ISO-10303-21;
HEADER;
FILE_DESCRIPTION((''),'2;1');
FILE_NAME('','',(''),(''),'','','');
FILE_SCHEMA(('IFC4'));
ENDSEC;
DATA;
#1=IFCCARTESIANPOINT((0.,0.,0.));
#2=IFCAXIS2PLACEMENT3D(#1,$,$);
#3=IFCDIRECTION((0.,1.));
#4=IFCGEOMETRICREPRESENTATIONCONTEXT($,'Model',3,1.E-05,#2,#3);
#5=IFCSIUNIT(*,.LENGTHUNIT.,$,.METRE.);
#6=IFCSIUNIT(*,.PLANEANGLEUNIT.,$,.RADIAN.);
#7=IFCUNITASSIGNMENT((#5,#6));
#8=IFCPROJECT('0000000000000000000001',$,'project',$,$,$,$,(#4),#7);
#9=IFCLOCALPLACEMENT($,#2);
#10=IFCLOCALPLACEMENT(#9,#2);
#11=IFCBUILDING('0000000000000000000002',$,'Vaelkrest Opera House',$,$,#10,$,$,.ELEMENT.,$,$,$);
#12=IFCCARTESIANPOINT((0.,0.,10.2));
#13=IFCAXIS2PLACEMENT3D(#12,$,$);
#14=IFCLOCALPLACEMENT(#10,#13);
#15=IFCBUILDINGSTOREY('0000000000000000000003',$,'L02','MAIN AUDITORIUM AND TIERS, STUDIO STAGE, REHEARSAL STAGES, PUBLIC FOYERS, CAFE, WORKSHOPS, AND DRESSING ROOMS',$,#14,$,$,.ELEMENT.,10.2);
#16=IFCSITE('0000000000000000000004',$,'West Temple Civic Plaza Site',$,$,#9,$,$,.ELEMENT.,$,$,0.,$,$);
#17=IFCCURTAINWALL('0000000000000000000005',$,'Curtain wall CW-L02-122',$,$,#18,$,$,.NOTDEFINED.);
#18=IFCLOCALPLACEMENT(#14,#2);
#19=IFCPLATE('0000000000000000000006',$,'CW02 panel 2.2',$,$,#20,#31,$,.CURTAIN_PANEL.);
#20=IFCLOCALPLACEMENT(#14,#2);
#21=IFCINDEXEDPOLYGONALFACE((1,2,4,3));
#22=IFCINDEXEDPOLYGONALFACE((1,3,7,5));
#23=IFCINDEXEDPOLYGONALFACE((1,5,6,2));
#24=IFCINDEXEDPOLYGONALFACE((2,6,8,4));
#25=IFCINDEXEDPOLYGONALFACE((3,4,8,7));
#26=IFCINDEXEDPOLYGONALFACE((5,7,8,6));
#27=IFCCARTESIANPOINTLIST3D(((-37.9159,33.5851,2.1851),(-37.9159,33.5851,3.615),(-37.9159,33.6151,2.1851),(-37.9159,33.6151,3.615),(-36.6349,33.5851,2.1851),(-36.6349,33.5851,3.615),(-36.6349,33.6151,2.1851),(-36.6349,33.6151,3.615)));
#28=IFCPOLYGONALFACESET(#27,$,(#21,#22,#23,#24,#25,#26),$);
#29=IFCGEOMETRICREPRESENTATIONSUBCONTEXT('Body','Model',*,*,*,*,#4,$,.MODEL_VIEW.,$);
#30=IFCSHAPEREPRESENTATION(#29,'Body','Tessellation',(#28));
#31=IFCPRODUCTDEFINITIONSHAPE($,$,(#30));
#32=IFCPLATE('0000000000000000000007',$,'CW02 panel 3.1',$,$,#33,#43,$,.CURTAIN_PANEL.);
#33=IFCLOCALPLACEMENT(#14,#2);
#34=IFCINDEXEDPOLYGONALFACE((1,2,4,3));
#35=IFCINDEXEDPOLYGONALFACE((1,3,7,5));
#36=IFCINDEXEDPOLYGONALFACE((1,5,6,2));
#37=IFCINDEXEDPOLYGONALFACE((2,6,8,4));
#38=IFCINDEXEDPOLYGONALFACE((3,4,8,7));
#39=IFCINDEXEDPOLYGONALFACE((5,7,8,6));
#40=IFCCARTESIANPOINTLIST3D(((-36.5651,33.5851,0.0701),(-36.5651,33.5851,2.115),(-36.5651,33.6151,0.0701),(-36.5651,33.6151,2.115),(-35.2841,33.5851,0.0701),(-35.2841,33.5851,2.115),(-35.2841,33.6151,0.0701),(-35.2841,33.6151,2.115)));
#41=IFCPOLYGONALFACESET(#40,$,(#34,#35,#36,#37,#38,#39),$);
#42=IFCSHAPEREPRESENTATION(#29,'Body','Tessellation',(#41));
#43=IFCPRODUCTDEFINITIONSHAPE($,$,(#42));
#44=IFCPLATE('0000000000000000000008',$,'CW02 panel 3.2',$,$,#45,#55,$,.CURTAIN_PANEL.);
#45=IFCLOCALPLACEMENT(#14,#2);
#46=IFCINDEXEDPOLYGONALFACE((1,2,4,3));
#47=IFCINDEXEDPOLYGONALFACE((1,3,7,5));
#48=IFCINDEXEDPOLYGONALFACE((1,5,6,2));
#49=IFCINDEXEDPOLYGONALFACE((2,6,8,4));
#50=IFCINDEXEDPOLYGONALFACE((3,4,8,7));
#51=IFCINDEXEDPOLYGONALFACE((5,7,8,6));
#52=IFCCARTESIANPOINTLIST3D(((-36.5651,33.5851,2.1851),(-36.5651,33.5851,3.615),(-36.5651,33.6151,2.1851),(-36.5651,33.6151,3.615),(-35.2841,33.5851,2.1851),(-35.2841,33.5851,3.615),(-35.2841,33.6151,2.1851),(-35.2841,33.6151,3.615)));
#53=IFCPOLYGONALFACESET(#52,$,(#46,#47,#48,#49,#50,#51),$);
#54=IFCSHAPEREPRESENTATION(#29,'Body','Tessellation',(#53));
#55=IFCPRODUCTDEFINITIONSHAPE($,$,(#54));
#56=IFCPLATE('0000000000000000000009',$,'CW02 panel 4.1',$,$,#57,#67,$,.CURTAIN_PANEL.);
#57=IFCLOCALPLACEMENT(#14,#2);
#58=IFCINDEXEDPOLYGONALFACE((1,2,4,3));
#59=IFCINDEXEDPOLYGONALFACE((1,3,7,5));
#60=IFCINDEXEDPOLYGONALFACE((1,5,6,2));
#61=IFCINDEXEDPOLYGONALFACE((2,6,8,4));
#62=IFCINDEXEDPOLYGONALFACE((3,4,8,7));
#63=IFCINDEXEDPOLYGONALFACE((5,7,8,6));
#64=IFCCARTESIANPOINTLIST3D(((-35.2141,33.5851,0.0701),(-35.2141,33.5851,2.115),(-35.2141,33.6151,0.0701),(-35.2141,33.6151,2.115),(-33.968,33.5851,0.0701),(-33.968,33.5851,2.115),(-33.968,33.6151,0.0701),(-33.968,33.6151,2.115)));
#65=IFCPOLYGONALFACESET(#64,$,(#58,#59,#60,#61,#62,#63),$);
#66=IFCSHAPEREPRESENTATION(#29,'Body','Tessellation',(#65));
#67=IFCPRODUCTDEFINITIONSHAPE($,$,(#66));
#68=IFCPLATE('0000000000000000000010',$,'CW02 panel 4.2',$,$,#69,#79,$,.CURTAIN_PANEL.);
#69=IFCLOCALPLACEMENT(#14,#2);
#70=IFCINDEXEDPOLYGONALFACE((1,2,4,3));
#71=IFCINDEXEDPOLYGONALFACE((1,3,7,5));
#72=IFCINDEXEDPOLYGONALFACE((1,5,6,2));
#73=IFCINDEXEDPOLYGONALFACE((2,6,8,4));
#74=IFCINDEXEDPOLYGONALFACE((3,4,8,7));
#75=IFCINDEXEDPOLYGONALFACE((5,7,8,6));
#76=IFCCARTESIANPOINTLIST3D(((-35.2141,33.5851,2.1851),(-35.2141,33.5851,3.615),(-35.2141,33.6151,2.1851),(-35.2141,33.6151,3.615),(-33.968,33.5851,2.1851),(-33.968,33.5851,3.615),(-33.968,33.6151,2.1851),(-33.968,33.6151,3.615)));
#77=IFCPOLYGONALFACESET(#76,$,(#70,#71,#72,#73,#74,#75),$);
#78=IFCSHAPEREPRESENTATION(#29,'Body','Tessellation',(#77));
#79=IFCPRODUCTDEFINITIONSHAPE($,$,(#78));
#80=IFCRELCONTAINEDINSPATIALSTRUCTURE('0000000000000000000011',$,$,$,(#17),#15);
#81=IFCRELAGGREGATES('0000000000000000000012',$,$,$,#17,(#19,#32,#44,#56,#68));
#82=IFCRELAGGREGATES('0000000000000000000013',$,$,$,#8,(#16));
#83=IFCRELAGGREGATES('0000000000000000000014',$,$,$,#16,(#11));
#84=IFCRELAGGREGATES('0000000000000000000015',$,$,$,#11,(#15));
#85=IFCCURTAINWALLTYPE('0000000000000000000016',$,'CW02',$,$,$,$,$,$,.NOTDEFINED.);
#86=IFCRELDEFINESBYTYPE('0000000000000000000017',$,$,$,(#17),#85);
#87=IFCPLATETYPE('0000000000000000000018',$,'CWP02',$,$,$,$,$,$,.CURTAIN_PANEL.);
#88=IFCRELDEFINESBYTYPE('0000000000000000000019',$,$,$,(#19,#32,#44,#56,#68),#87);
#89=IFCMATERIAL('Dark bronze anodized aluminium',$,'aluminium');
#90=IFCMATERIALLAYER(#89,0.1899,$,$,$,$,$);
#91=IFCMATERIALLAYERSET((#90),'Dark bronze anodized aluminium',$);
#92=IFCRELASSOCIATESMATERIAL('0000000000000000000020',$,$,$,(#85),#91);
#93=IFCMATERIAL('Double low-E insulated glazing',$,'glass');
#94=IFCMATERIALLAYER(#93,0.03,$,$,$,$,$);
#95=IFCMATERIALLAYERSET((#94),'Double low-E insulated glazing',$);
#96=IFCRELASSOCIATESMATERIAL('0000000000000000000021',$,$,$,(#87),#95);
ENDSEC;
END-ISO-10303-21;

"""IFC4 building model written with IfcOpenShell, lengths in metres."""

from ifc_helpers import new_model, si_unit, direction, frame, origin, origin_2d, place, context, subcontext, project, spatial, rectangle, extrude, material, layer, layer_set, type_object, element, aggregate, save


model = new_model("IFC4")

# Units and contexts
model_context = context("Model", 3, precision=1e-05, world=origin(), true_north=direction((0.0, 1.0)))
body_context = subcontext(model_context, "Body", "Model", "MODEL_VIEW")
ifc_project = project(units=[si_unit("LENGTHUNIT", "METRE"), si_unit("PLANEANGLEUNIT", "RADIAN")], contexts=[model_context])

# Site, building, storey
site_placement = place(None, origin())
site = spatial("IfcSite", under=ifc_project, at=site_placement, Name="West Temple Civic Plaza Site", CompositionType="ELEMENT", RefElevation=0.0)
building_placement = place(site_placement, origin())
building = spatial("IfcBuilding", under=site, at=building_placement, Name="Vaelkrest Opera House", CompositionType="ELEMENT")
storey_placement = place(building_placement, frame((0.0, 0.0, 10.2)))
storey = spatial("IfcBuildingStorey", under=building, at=storey_placement, Name="L02", Description="MAIN AUDITORIUM AND TIERS, STUDIO STAGE, REHEARSAL STAGES, PUBLIC FOYERS, CAFE, WORKSHOPS, AND DRESSING ROOMS", CompositionType="ELEMENT", Elevation=10.2)

# Curtain wall
ifc_material_1 = material(Name="Dark bronze anodized aluminium", Category="aluminium")
ifc_layer_1 = layer(ifc_material_1, 0.1899)
ifc_layer_set_1 = layer_set([ifc_layer_1], Name="Dark bronze anodized aluminium")
curtain_wall_type = type_object("IfcCurtainWallType", Name="CW02", PredefinedType="NOTDEFINED", material=ifc_layer_set_1)
curtain_wall_placement = place(storey_placement, origin())
curtain_wall = element("IfcCurtainWall", 1, at=curtain_wall_placement, inside=storey, type_object=curtain_wall_type, Name="Curtain wall CW-L02-122", PredefinedType="NOTDEFINED")

# Plates
ifc_material_2 = material(Name="Double low-E insulated glazing", Category="glass")
ifc_layer_2 = layer(ifc_material_2, 0.03)
ifc_layer_set_2 = layer_set([ifc_layer_2], Name="Double low-E insulated glazing")
plate_type = type_object("IfcPlateType", Name="CWP02", PredefinedType="CURTAIN_PANEL", material=ifc_layer_set_2)
plate_1_placement = place(storey_placement, frame((-37.2754, 33.6001, 2.1851), z_axis=(0.0, 0.0, 1.0), x_axis=(1.0, 0.0, 0.0)))
plate_1 = element("IfcPlate", 2, at=plate_1_placement, type_object=plate_type, Name="CW02 panel 2.2", PredefinedType="CURTAIN_PANEL", context=body_context, shape_type="SweptSolid", body=[
    extrude(rectangle(XDim=1.281, YDim=0.03, at=origin_2d()), origin(), (0.0, 0.0, 1.0), 1.4299),
])
plate_2_placement = place(storey_placement, frame((-35.9246, 33.6001, 0.0701), z_axis=(0.0, 0.0, 1.0), x_axis=(1.0, 0.0, 0.0)))
plate_2 = element("IfcPlate", 3, at=plate_2_placement, type_object=plate_type, Name="CW02 panel 3.1", PredefinedType="CURTAIN_PANEL", context=body_context, shape_type="SweptSolid", body=[
    extrude(rectangle(XDim=1.281, YDim=0.03, at=origin_2d()), origin(), (0.0, 0.0, 1.0), 2.0449),
])
plate_3_placement = place(storey_placement, frame((-35.9246, 33.6001, 2.1851), z_axis=(0.0, 0.0, 1.0), x_axis=(1.0, 0.0, 0.0)))
plate_3 = element("IfcPlate", 4, at=plate_3_placement, type_object=plate_type, Name="CW02 panel 3.2", PredefinedType="CURTAIN_PANEL", context=body_context, shape_type="SweptSolid", body=[
    extrude(rectangle(XDim=1.281, YDim=0.03, at=origin_2d()), origin(), (0.0, 0.0, 1.0), 1.4299),
])
plate_4_placement = place(storey_placement, frame((-34.5911, 33.6001, 0.0701), z_axis=(0.0, 0.0, 1.0), x_axis=(1.0, 0.0, 0.0)))
plate_4 = element("IfcPlate", 5, at=plate_4_placement, type_object=plate_type, Name="CW02 panel 4.1", PredefinedType="CURTAIN_PANEL", context=body_context, shape_type="SweptSolid", body=[
    extrude(rectangle(XDim=1.2461, YDim=0.03, at=origin_2d()), origin(), (0.0, 0.0, 1.0), 2.0449),
])
plate_5_placement = place(storey_placement, frame((-34.5911, 33.6001, 2.1851), z_axis=(0.0, 0.0, 1.0), x_axis=(1.0, 0.0, 0.0)))
plate_5 = element("IfcPlate", 6, at=plate_5_placement, type_object=plate_type, Name="CW02 panel 4.2", PredefinedType="CURTAIN_PANEL", context=body_context, shape_type="SweptSolid", body=[
    extrude(rectangle(XDim=1.2461, YDim=0.03, at=origin_2d()), origin(), (0.0, 0.0, 1.0), 1.4299),
])
aggregate(curtain_wall, [plate_1, plate_2, plate_3, plate_4, plate_5])

save(model, "model.ifc")
